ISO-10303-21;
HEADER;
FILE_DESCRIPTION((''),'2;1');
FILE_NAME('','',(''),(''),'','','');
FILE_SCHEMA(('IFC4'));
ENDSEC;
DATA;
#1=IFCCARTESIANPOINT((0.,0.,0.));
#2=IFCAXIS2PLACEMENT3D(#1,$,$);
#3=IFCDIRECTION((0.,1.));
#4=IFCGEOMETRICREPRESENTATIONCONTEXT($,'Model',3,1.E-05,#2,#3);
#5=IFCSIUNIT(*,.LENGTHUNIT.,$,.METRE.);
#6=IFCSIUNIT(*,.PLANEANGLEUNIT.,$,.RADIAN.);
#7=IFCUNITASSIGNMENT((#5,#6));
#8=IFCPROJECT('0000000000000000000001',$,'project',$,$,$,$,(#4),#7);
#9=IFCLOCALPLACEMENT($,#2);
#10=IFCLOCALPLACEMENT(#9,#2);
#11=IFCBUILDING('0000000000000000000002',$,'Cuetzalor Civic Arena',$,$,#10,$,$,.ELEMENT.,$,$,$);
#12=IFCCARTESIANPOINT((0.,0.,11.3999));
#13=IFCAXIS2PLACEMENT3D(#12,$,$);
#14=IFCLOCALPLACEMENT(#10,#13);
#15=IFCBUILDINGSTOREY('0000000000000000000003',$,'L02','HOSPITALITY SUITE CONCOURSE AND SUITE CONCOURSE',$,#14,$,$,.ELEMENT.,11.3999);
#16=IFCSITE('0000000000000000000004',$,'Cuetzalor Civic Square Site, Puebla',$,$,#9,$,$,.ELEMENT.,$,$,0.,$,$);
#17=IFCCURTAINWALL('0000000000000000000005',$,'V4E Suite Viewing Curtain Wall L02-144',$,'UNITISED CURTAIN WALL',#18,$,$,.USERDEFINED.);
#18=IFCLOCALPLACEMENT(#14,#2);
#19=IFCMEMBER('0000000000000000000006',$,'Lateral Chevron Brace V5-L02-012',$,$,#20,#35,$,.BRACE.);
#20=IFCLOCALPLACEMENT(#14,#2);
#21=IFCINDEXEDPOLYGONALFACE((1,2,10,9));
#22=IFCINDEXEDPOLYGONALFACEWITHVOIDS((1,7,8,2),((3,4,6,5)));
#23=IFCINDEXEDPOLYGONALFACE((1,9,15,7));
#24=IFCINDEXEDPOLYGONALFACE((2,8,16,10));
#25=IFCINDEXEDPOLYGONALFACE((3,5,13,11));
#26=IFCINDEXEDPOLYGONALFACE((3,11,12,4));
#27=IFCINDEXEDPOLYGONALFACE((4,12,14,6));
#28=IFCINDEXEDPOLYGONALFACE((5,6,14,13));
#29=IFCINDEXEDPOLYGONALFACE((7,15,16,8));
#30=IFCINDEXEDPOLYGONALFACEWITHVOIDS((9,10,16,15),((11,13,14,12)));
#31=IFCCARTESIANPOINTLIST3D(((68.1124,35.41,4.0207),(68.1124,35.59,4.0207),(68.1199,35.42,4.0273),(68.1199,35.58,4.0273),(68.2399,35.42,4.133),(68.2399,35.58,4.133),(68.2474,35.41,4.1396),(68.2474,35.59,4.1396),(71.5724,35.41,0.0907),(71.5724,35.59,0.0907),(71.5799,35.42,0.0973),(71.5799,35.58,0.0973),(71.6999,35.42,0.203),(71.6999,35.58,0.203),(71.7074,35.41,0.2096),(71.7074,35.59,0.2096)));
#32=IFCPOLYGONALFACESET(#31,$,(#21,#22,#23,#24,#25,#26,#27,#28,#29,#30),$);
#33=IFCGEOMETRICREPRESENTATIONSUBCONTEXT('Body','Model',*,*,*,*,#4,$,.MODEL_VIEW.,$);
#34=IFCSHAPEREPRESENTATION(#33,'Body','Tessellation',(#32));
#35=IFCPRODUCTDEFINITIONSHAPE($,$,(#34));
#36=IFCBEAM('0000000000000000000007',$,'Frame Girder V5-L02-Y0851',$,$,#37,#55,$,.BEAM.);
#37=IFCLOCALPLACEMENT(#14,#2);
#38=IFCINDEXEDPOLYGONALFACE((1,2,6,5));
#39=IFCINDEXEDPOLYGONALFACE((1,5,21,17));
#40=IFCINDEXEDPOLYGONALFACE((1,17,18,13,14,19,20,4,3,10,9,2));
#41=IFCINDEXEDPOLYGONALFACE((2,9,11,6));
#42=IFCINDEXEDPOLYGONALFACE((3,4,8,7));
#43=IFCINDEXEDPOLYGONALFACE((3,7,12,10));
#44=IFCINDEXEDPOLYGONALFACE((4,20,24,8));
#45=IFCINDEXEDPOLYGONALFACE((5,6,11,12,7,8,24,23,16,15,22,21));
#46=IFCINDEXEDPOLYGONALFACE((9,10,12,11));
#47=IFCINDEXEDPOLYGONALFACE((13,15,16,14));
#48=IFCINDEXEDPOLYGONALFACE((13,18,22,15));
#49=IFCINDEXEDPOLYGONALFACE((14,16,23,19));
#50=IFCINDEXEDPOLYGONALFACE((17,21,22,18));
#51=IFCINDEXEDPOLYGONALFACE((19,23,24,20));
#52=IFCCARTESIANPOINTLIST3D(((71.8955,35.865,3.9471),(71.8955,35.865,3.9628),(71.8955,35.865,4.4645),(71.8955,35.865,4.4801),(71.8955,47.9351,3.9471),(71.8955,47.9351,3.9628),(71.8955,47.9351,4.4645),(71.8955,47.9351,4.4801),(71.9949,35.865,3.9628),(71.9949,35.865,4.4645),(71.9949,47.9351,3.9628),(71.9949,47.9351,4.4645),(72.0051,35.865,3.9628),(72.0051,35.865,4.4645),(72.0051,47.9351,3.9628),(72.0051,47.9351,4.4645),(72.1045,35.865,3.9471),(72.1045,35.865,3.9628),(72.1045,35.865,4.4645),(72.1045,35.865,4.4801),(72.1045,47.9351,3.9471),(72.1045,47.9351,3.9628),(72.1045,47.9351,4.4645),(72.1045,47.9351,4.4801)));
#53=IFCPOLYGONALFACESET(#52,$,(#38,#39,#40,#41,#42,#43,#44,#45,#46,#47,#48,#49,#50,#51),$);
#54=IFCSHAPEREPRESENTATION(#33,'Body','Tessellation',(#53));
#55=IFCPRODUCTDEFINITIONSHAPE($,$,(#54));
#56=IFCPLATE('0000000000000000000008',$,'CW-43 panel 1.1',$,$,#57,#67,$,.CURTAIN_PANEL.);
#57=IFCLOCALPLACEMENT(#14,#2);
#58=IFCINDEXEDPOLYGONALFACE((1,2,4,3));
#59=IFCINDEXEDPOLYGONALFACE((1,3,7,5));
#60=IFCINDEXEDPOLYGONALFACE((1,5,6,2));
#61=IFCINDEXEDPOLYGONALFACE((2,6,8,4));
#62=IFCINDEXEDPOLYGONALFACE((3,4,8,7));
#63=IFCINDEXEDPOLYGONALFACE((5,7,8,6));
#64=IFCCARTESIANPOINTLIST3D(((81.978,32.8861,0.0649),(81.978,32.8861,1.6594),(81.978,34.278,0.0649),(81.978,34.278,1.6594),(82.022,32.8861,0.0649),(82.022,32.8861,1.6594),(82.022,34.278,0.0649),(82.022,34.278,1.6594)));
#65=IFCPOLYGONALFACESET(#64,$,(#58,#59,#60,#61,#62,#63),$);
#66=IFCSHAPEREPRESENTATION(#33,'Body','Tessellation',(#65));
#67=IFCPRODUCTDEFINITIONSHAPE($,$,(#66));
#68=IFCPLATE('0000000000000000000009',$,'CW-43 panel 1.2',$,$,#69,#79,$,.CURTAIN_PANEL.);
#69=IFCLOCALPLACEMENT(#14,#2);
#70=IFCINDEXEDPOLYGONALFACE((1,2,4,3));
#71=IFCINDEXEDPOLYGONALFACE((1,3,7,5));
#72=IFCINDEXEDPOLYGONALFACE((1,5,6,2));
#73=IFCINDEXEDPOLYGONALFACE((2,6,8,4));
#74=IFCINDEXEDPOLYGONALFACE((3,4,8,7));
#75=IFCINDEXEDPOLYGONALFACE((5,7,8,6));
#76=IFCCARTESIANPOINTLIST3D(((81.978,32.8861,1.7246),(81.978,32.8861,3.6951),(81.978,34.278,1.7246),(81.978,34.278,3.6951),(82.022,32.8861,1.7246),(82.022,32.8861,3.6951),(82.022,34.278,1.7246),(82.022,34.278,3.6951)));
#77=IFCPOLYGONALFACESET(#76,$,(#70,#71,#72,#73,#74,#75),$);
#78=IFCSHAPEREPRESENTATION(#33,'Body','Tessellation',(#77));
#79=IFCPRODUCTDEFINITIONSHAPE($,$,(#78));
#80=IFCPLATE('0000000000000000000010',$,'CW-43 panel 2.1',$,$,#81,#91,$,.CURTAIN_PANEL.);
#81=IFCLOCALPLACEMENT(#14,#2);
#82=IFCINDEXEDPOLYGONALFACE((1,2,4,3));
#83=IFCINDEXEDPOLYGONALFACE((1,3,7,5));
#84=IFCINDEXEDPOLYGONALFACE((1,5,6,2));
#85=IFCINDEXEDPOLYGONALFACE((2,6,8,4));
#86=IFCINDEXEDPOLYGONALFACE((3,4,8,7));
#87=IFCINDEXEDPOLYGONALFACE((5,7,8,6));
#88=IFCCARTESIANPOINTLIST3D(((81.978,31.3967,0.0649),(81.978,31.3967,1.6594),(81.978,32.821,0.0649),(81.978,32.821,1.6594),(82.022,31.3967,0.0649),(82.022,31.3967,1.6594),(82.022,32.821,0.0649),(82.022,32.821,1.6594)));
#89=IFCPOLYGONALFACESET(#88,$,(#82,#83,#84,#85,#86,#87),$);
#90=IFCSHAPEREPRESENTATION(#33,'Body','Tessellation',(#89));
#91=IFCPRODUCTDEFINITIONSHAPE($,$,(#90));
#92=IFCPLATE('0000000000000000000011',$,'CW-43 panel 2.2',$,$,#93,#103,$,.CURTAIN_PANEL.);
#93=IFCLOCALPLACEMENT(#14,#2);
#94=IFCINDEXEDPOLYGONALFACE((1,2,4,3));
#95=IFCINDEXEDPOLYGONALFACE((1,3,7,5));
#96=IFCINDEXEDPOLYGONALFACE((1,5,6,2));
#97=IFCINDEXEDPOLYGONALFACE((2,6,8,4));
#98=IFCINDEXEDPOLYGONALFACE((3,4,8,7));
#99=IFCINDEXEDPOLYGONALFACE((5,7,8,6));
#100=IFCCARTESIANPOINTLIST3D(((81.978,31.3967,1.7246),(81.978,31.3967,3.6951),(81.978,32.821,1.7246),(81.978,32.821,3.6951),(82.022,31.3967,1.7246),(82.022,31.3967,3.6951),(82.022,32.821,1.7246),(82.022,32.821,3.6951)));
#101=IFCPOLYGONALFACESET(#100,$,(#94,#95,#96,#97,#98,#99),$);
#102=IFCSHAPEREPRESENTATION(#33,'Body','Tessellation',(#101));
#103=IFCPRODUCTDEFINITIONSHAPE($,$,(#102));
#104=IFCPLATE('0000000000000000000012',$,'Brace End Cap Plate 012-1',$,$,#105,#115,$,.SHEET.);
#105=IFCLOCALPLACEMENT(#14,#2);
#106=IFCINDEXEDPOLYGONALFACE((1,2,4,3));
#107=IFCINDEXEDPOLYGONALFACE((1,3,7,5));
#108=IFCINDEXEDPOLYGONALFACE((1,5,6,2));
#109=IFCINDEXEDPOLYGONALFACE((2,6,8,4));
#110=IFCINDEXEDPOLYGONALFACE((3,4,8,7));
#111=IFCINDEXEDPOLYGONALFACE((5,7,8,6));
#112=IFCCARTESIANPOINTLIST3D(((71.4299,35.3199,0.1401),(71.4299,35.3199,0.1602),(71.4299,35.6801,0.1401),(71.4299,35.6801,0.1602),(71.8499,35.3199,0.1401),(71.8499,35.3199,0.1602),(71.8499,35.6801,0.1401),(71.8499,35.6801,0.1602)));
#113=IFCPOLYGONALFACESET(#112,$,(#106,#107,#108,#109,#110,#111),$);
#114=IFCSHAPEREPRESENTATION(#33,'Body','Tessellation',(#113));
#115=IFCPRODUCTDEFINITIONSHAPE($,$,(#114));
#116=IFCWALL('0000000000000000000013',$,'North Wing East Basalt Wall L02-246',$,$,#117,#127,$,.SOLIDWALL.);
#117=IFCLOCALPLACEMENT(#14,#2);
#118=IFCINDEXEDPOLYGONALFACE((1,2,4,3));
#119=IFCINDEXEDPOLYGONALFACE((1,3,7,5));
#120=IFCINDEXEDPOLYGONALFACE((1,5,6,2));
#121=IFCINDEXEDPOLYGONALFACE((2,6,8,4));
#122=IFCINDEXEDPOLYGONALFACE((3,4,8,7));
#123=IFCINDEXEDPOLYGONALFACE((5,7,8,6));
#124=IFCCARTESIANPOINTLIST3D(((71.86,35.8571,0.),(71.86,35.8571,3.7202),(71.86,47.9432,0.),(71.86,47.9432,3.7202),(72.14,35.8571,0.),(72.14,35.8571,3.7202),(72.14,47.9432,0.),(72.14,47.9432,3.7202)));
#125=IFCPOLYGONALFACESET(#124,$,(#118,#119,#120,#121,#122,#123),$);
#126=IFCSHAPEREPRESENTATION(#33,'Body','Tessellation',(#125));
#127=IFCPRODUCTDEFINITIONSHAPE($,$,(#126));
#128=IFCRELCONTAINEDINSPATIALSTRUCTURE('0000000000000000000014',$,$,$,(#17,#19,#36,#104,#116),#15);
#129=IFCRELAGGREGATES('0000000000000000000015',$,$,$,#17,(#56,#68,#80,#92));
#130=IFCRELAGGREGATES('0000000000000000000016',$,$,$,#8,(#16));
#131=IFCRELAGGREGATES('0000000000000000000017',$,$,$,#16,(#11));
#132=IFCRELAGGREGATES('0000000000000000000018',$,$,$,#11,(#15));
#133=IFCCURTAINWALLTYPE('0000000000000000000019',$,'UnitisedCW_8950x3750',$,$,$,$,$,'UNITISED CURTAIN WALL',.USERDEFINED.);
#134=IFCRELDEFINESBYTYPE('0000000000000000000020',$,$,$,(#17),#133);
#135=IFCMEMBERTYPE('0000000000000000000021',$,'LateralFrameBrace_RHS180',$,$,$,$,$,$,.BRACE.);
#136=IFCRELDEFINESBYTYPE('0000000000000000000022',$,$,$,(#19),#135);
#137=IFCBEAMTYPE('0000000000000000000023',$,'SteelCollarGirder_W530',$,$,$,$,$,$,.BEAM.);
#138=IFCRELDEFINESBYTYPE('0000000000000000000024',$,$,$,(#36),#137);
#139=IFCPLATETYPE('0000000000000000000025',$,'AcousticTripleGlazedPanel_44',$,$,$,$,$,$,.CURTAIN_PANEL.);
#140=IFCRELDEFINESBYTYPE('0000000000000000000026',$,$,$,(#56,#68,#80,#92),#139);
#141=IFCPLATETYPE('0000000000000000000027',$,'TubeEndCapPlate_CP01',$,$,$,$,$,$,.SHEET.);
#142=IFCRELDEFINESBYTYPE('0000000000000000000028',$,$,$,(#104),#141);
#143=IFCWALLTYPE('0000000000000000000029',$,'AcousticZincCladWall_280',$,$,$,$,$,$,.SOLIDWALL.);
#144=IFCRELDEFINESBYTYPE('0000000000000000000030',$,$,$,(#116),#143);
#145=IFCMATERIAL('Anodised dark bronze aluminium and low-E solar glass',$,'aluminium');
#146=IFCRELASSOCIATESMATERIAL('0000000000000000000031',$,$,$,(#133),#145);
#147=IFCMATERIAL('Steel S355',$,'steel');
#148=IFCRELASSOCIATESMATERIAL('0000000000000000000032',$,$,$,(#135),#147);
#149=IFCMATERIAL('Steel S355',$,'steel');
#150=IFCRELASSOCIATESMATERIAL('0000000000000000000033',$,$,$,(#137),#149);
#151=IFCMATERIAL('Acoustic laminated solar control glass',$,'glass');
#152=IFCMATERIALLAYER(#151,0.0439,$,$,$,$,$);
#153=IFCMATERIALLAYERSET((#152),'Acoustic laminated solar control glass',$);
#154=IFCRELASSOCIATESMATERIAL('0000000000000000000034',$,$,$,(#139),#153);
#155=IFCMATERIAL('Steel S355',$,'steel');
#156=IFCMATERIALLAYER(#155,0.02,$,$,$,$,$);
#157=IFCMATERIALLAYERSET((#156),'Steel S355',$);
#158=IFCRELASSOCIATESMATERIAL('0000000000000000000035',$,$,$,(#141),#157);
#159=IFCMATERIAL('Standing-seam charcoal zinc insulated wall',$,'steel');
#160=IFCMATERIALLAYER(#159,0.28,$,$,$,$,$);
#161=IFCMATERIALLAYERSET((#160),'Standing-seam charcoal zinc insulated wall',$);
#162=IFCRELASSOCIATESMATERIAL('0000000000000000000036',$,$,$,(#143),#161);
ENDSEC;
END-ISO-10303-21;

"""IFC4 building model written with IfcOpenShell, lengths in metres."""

from ifc_helpers import new_model, si_unit, direction, frame, frame_2d, origin, origin_2d, place, context, subcontext, project, spatial, rectangle, hollow_rectangle, i_section, extrude, material, layer, layer_set, material_profile, profile_set, type_object, element, aggregate, save


model = new_model("IFC4")

# Units and contexts
model_context = context("Model", 3, precision=1e-05, world=origin(), true_north=direction((0.0, 1.0)))
body_context = subcontext(model_context, "Body", "Model", "MODEL_VIEW")
ifc_project = project(units=[si_unit("LENGTHUNIT", "METRE"), si_unit("PLANEANGLEUNIT", "RADIAN")], contexts=[model_context])

# Site, building, storey
site_placement = place(None, origin())
site = spatial("IfcSite", under=ifc_project, at=site_placement, Name="Cuetzalor Civic Square Site, Puebla", CompositionType="ELEMENT", RefElevation=0.0)
building_placement = place(site_placement, origin())
building = spatial("IfcBuilding", under=site, at=building_placement, Name="Cuetzalor Civic Arena", CompositionType="ELEMENT")
storey_placement = place(building_placement, frame((0.0, 0.0, 11.3999)))
storey = spatial("IfcBuildingStorey", under=building, at=storey_placement, Name="L02", Description="HOSPITALITY SUITE CONCOURSE AND SUITE CONCOURSE", CompositionType="ELEMENT", Elevation=11.3999)

# Curtain wall
ifc_material_1 = material(Name="Anodised dark bronze aluminium and low-E solar glass", Category="aluminium")
curtain_wall_type = type_object("IfcCurtainWallType", Name="UnitisedCW_8950x3750", ElementType="UNITISED CURTAIN WALL", PredefinedType="USERDEFINED", material=ifc_material_1)
curtain_wall_placement = place(storey_placement, origin())
curtain_wall = element("IfcCurtainWall", 1, at=curtain_wall_placement, inside=storey, type_object=curtain_wall_type, Name="V4E Suite Viewing Curtain Wall L02-144", ObjectType="UNITISED CURTAIN WALL", PredefinedType="USERDEFINED")

# Member
ifc_material_2 = material(Name="Steel S355", Category="steel")
ifc_material_profile_1 = material_profile(ifc_material_2, hollow_rectangle(XDim=0.1799, YDim=0.1799, WallThickness=0.01, at=origin_2d()), Name="RHS 180x180x10")
ifc_profile_set_1 = profile_set([ifc_material_profile_1], Name="Steel S355")
member_type_1 = type_object("IfcMemberType", Name="LateralFrameBrace_RHS180", PredefinedType="BRACE", material=ifc_profile_set_1)
member_1_placement = place(storey_placement, frame((71.6399, 35.5, 0.1501), z_axis=(-0.660802, 0.0, 0.75056), x_axis=(0.0, -1.0, 0.0)))
element("IfcMember", 2, at=member_1_placement, inside=storey, type_object=member_type_1, Name="Lateral Chevron Brace V5-L02-012", PredefinedType="BRACE", context=body_context, shape_type="SweptSolid", body=[
    extrude(hollow_rectangle(XDim=0.1799, YDim=0.1799, WallThickness=0.01, at=origin_2d()), origin(), (0.0, 0.0, 1.0), 5.2361),
])

# Beam
ifc_material_3 = material(Name="Steel S355", Category="steel")
ifc_material_profile_2 = material_profile(ifc_material_3, i_section(OverallWidth=0.209, OverallDepth=0.533, WebThickness=0.0103, FlangeThickness=0.0156, at=origin_2d()), Name="W530x92")
ifc_profile_set_2 = profile_set([ifc_material_profile_2], Name="Steel S355")
beam_type_1 = type_object("IfcBeamType", Name="SteelCollarGirder_W530", PredefinedType="BEAM", material=ifc_profile_set_2)
beam_1_placement = place(storey_placement, frame((72.0, 35.865, 4.2136), z_axis=(0.0, 1.0, 0.0), x_axis=(-1.0, 0.0, 0.0)))
element("IfcBeam", 3, at=beam_1_placement, inside=storey, type_object=beam_type_1, Name="Frame Girder V5-L02-Y0851", PredefinedType="BEAM", context=body_context, shape_type="SweptSolid", body=[
    extrude(i_section(OverallWidth=0.209, OverallDepth=0.533, WebThickness=0.0103, FlangeThickness=0.0156, at=origin_2d()), origin(), (0.0, 0.0, 1.0), 12.0701),
])

# Plates
ifc_material_4 = material(Name="Acoustic laminated solar control glass", Category="glass")
ifc_layer_1 = layer(ifc_material_4, 0.0439)
ifc_layer_set_1 = layer_set([ifc_layer_1], Name="Acoustic laminated solar control glass")
plate_type_1 = type_object("IfcPlateType", Name="AcousticTripleGlazedPanel_44", PredefinedType="CURTAIN_PANEL", material=ifc_layer_set_1)
plate_1_placement = place(storey_placement, frame((82.0, 33.582, 0.0649), z_axis=(0.0, 0.0, 1.0), x_axis=(0.0, -1.0, 0.0)))
plate_1 = element("IfcPlate", 4, at=plate_1_placement, type_object=plate_type_1, Name="CW-43 panel 1.1", PredefinedType="CURTAIN_PANEL", context=body_context, shape_type="SweptSolid", body=[
    extrude(rectangle(XDim=1.3918, YDim=0.0439, at=origin_2d()), origin(), (0.0, 0.0, 1.0), 1.5945),
])
plate_2_placement = place(storey_placement, frame((82.0, 33.582, 1.7246), z_axis=(0.0, 0.0, 1.0), x_axis=(0.0, -1.0, 0.0)))
plate_2 = element("IfcPlate", 5, at=plate_2_placement, type_object=plate_type_1, Name="CW-43 panel 1.2", PredefinedType="CURTAIN_PANEL", context=body_context, shape_type="SweptSolid", body=[
    extrude(rectangle(XDim=1.3918, YDim=0.0439, at=origin_2d()), origin(), (0.0, 0.0, 1.0), 1.9705),
])
plate_3_placement = place(storey_placement, frame((82.0, 32.1089, 0.0649), z_axis=(0.0, 0.0, 1.0), x_axis=(0.0, -1.0, 0.0)))
plate_3 = element("IfcPlate", 6, at=plate_3_placement, type_object=plate_type_1, Name="CW-43 panel 2.1", PredefinedType="CURTAIN_PANEL", context=body_context, shape_type="SweptSolid", body=[
    extrude(rectangle(XDim=1.4243, YDim=0.0439, at=origin_2d()), origin(), (0.0, 0.0, 1.0), 1.5945),
])
plate_4_placement = place(storey_placement, frame((82.0, 32.1089, 1.7246), z_axis=(0.0, 0.0, 1.0), x_axis=(0.0, -1.0, 0.0)))
plate_4 = element("IfcPlate", 7, at=plate_4_placement, type_object=plate_type_1, Name="CW-43 panel 2.2", PredefinedType="CURTAIN_PANEL", context=body_context, shape_type="SweptSolid", body=[
    extrude(rectangle(XDim=1.4243, YDim=0.0439, at=origin_2d()), origin(), (0.0, 0.0, 1.0), 1.9705),
])
aggregate(curtain_wall, [plate_1, plate_2, plate_3, plate_4])
ifc_material_5 = material(Name="Steel S355", Category="steel")
ifc_layer_2 = layer(ifc_material_5, 0.02)
ifc_layer_set_2 = layer_set([ifc_layer_2], Name="Steel S355")
plate_type_2 = type_object("IfcPlateType", Name="TubeEndCapPlate_CP01", PredefinedType="SHEET", material=ifc_layer_set_2)
plate_5_placement = place(storey_placement, frame((71.6399, 35.5, 0.1401), z_axis=(0.0, 0.0, 1.0), x_axis=(1.0, 0.0, 0.0)))
element("IfcPlate", 8, at=plate_5_placement, inside=storey, type_object=plate_type_2, Name="Brace End Cap Plate 012-1", PredefinedType="SHEET", context=body_context, shape_type="SweptSolid", body=[
    extrude(rectangle(XDim=0.4199, YDim=0.3601, at=origin_2d()), origin(), (0.0, 0.0, 1.0), 0.02),
])

# Wall
ifc_material_6 = material(Name="Standing-seam charcoal zinc insulated wall", Category="steel")
ifc_layer_3 = layer(ifc_material_6, 0.28)
ifc_layer_set_3 = layer_set([ifc_layer_3], Name="Standing-seam charcoal zinc insulated wall")
wall_type = type_object("IfcWallType", Name="AcousticZincCladWall_280", PredefinedType="SOLIDWALL", material=ifc_layer_set_3)
wall_placement = place(storey_placement, frame((72.0, 47.9431, 0.0), z_axis=(0.0, 0.0, 1.0), x_axis=(0.0, -1.0, 0.0)))
element("IfcWall", 9, at=wall_placement, inside=storey, type_object=wall_type, Name="North Wing East Basalt Wall L02-246", PredefinedType="SOLIDWALL", context=body_context, shape_type="SweptSolid", body=[
    extrude(rectangle(XDim=12.0862, YDim=0.28, at=frame_2d((6.043, 0.0))), origin(), (0.0, 0.0, 1.0), 3.7202),
])

save(model, "model.ifc")
